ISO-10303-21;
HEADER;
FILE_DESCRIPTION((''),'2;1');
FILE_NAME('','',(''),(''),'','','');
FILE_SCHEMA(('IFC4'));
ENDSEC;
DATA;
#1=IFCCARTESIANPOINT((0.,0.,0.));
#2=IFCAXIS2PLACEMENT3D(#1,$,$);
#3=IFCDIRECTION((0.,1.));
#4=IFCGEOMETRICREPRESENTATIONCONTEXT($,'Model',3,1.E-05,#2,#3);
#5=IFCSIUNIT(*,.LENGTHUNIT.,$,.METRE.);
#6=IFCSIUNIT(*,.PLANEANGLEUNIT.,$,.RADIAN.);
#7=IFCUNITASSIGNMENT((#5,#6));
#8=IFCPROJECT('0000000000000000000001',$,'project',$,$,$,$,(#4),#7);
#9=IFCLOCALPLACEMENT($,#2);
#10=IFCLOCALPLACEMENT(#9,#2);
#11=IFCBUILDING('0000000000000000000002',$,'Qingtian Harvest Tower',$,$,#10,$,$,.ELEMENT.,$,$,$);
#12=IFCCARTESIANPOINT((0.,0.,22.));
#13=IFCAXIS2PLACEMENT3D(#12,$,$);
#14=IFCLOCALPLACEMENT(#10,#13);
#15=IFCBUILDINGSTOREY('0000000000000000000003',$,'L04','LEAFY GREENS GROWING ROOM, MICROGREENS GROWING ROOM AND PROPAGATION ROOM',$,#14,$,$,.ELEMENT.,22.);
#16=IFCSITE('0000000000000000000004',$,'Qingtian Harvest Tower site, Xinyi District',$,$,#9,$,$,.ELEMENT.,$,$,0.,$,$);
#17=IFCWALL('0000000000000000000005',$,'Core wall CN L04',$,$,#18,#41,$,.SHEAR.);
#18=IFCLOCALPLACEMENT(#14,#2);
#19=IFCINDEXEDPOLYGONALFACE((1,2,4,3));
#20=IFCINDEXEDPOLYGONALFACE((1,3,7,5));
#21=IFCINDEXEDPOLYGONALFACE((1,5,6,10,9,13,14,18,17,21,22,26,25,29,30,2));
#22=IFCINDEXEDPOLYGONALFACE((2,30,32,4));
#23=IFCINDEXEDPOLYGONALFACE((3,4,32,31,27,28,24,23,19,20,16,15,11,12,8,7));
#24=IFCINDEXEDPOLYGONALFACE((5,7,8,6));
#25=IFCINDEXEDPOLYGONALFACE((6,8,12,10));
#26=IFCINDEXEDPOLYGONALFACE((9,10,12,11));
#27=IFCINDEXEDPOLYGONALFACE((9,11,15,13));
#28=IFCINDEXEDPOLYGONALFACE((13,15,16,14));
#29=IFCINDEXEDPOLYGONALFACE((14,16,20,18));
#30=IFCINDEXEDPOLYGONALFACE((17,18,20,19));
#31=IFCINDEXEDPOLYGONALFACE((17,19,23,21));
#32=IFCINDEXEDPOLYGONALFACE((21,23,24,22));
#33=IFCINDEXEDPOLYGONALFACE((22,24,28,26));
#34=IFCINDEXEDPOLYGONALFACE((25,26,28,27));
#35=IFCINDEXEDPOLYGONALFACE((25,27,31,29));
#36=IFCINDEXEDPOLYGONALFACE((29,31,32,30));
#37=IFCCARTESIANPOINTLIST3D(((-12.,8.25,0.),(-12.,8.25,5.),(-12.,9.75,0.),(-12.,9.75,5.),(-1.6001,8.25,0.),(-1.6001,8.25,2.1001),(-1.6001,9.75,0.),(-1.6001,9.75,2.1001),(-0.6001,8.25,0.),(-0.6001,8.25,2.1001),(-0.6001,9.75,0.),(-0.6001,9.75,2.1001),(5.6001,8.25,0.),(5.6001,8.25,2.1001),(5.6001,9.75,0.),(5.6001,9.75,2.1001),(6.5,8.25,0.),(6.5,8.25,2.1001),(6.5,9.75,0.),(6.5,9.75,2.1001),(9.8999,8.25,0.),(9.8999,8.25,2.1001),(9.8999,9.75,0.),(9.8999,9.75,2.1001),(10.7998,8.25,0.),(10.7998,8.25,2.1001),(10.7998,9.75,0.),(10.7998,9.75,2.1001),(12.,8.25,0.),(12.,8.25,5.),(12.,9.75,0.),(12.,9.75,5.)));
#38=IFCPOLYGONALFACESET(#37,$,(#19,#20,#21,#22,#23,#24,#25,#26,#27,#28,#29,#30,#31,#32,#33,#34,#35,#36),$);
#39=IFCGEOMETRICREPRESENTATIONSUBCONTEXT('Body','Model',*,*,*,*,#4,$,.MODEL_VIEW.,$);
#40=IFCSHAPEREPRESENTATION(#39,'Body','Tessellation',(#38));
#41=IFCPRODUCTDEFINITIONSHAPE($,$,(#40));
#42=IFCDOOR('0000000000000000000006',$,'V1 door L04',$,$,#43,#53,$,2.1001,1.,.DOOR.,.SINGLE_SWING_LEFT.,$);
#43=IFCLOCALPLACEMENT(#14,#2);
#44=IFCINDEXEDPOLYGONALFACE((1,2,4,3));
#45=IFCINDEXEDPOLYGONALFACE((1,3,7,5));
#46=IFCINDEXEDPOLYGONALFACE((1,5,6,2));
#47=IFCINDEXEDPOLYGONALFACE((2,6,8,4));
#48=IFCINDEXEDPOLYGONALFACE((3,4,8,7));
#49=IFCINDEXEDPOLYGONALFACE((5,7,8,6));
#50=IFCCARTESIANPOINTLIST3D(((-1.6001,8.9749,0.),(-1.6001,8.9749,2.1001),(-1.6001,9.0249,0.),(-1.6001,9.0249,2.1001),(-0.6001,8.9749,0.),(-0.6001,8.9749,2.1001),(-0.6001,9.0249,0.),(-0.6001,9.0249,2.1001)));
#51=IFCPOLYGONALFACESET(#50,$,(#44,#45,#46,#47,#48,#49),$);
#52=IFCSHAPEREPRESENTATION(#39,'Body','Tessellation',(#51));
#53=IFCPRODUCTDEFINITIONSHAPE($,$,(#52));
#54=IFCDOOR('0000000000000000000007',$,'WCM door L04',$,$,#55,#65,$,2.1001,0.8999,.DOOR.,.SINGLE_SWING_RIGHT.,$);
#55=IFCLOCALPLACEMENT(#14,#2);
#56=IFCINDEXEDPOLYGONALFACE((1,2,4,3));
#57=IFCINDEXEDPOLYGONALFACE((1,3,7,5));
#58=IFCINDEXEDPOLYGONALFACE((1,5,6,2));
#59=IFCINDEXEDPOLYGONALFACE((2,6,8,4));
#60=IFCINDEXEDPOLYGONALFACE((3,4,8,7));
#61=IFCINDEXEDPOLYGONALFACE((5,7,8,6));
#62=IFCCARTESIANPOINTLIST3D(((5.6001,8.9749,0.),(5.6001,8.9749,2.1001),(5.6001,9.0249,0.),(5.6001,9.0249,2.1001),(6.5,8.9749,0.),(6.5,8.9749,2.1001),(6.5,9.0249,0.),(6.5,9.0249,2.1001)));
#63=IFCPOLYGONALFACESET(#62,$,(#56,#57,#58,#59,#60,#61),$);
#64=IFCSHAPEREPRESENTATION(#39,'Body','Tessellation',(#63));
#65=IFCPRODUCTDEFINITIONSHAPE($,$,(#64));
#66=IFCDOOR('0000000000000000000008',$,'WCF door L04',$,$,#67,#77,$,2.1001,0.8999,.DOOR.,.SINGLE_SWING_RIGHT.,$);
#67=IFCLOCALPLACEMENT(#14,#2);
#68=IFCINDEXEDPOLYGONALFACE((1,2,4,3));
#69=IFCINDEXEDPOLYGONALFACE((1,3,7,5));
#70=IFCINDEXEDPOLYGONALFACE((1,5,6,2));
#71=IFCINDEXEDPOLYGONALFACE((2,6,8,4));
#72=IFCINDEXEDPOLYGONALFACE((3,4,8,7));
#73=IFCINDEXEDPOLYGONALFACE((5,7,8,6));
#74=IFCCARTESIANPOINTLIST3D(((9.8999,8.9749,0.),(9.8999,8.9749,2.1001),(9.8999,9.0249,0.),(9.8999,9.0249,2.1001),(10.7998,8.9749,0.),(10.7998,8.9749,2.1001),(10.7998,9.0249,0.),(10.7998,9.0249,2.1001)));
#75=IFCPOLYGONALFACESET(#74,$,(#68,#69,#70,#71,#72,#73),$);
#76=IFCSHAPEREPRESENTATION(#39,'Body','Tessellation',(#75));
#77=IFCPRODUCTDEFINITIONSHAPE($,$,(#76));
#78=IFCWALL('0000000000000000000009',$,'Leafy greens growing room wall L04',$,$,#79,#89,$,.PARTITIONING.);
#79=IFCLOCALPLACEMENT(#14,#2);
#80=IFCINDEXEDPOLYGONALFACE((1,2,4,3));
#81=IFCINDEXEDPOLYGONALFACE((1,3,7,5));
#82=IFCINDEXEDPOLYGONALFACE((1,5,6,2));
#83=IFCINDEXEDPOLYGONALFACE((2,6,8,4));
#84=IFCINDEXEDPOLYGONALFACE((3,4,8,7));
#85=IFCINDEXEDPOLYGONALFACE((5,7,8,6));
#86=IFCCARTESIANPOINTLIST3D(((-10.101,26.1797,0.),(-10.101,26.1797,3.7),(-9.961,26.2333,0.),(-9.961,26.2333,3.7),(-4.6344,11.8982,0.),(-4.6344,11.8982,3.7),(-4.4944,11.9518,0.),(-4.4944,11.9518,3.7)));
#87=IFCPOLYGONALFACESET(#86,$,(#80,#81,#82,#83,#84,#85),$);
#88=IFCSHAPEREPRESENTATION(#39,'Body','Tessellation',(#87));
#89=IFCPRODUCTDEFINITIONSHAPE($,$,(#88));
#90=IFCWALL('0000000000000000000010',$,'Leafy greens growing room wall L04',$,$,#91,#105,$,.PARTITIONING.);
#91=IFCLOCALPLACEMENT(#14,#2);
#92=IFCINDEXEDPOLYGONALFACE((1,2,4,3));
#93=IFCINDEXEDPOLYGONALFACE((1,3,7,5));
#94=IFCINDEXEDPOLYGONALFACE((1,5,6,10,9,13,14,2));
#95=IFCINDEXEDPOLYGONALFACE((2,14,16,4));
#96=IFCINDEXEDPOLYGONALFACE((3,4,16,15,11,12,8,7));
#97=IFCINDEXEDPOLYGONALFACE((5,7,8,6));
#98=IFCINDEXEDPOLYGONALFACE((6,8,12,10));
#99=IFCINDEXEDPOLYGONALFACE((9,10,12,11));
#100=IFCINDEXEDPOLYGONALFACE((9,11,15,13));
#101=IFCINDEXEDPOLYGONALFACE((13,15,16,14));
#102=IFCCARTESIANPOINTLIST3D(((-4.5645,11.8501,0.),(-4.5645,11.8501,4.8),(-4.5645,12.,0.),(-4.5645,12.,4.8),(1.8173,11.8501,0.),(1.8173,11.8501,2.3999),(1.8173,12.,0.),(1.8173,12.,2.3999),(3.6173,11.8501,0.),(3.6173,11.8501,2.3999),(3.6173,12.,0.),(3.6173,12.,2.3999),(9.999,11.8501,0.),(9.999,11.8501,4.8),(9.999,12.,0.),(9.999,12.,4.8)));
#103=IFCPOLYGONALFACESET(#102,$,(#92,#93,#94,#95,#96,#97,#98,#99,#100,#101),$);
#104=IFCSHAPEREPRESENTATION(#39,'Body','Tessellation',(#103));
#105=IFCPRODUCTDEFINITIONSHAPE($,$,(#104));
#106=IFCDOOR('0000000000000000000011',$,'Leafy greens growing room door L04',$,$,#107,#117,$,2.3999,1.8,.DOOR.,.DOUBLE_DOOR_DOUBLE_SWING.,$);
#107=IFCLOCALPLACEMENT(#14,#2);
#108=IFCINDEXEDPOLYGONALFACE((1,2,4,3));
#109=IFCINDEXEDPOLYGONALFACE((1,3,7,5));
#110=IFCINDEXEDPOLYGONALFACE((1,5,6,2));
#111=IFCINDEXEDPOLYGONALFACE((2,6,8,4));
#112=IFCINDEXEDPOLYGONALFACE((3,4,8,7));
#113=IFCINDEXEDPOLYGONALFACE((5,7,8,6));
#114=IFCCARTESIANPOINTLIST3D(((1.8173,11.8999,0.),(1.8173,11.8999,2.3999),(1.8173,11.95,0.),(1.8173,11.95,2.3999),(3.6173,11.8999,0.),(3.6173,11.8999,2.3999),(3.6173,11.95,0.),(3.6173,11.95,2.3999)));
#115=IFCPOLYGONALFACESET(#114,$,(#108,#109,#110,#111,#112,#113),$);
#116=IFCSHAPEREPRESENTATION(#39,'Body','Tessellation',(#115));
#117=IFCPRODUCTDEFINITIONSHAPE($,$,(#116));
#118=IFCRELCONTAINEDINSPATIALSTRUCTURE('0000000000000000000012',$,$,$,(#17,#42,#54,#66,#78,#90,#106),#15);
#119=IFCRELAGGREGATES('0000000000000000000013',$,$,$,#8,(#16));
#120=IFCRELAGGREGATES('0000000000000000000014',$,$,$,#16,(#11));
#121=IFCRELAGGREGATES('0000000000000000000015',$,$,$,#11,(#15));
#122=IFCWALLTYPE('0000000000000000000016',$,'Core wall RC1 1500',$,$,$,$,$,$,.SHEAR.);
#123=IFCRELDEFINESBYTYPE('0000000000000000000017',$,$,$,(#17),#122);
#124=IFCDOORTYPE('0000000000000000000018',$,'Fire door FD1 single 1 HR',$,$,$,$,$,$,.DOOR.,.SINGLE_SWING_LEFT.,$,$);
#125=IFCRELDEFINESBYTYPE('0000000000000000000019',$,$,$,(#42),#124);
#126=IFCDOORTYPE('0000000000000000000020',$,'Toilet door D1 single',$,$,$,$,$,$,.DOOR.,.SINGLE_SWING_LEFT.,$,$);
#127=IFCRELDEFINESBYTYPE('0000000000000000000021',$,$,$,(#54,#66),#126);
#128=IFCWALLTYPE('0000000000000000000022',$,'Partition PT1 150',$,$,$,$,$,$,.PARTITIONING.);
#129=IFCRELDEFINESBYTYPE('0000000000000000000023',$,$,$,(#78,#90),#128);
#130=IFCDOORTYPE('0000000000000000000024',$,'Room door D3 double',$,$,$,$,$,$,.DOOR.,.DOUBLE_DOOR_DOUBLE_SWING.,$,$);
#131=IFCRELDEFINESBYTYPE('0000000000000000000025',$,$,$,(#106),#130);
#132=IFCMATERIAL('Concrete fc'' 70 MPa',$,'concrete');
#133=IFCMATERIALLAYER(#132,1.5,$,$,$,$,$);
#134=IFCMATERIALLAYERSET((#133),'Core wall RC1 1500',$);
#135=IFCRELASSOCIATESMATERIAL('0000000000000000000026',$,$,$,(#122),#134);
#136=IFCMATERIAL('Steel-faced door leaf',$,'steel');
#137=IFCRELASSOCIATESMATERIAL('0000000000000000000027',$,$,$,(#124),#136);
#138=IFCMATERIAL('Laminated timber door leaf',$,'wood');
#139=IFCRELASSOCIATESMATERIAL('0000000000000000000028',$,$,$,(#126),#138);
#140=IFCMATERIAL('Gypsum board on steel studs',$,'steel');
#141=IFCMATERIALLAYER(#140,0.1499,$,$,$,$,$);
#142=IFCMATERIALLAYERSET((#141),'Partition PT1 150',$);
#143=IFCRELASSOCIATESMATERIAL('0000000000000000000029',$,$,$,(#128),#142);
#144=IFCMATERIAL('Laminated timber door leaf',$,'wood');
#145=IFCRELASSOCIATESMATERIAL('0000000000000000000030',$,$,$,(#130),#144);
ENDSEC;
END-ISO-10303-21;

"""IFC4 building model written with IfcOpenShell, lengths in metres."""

from ifc_helpers import new_model, si_unit, direction, frame, frame_2d, origin, place, context, subcontext, project, spatial, rectangle, extrude, material, layer, layer_set, type_object, element, fill, save


model = new_model("IFC4")

# Units and contexts
model_context = context("Model", 3, precision=1e-05, world=origin(), true_north=direction((0.0, 1.0)))
body_context = subcontext(model_context, "Body", "Model", "MODEL_VIEW")
ifc_project = project(units=[si_unit("LENGTHUNIT", "METRE"), si_unit("PLANEANGLEUNIT", "RADIAN")], contexts=[model_context])

# Site, building, storey
site_placement = place(None, origin())
site = spatial("IfcSite", under=ifc_project, at=site_placement, Name="Qingtian Harvest Tower site, Xinyi District", CompositionType="ELEMENT", RefElevation=0.0)
building_placement = place(site_placement, origin())
building = spatial("IfcBuilding", under=site, at=building_placement, Name="Qingtian Harvest Tower", CompositionType="ELEMENT")
storey_placement = place(building_placement, frame((0.0, 0.0, 22.0)))
storey = spatial("IfcBuildingStorey", under=building, at=storey_placement, Name="L04", Description="LEAFY GREENS GROWING ROOM, MICROGREENS GROWING ROOM AND PROPAGATION ROOM", CompositionType="ELEMENT", Elevation=22.0)

# Wall, openings, doors
ifc_material_1 = material(Name="Concrete fc' 70 MPa", Category="concrete")
ifc_layer_1 = layer(ifc_material_1, 1.5)
ifc_layer_set_1 = layer_set([ifc_layer_1], Name="Core wall RC1 1500")
wall_type_1 = type_object("IfcWallType", Name="Core wall RC1 1500", PredefinedType="SHEAR", material=ifc_layer_set_1)
wall_1_placement = place(storey_placement, frame((-12.0, 9.0, 0.0), z_axis=(0.0, 0.0, 1.0), x_axis=(1.0, 0.0, 0.0)))
wall_1 = element("IfcWall", 1, at=wall_1_placement, inside=storey, type_object=wall_type_1, Name="Core wall CN L04", PredefinedType="SHEAR", context=body_context, shape_type="SweptSolid", body=[
    extrude(rectangle(XDim=24.0, YDim=1.5, at=frame_2d((12.0, 0.0))), origin(), (0.0, 0.0, 1.0), 5.0),
])
opening_1_placement = place(wall_1_placement, frame((10.3999, 0.0, 0.0)))
opening_1 = element("IfcOpeningElement", 2, at=opening_1_placement, cuts=wall_1, PredefinedType="OPENING", context=body_context, shape_type="SweptSolid", body=[
    extrude(rectangle(XDim=1.0, YDim=2.1001, at=frame_2d((0.5, 1.05))), frame((0.0, 0.76, 0.0), z_axis=(0.0, -1.0, 0.0), x_axis=(1.0, 0.0, 0.0)), (0.0, 0.0, 1.0), 1.52),
])
opening_2_placement = place(wall_1_placement, frame((17.6001, 0.0, 0.0)))
opening_2 = element("IfcOpeningElement", 3, at=opening_2_placement, cuts=wall_1, PredefinedType="OPENING", context=body_context, shape_type="SweptSolid", body=[
    extrude(rectangle(XDim=0.8999, YDim=2.1001, at=frame_2d((0.45, 1.05))), frame((0.0, 0.76, 0.0), z_axis=(0.0, -1.0, 0.0), x_axis=(1.0, 0.0, 0.0)), (0.0, 0.0, 1.0), 1.52),
])
opening_3_placement = place(wall_1_placement, frame((21.8999, 0.0, 0.0)))
opening_3 = element("IfcOpeningElement", 4, at=opening_3_placement, cuts=wall_1, PredefinedType="OPENING", context=body_context, shape_type="SweptSolid", body=[
    extrude(rectangle(XDim=0.8999, YDim=2.1001, at=frame_2d((0.45, 1.05))), frame((0.0, 0.76, 0.0), z_axis=(0.0, -1.0, 0.0), x_axis=(1.0, 0.0, 0.0)), (0.0, 0.0, 1.0), 1.52),
])
ifc_material_2 = material(Name="Steel-faced door leaf", Category="steel")
door_type_1 = type_object("IfcDoorType", Name="Fire door FD1 single 1 HR", OperationType="SINGLE_SWING_LEFT", PredefinedType="DOOR", material=ifc_material_2)
door_1_placement = place(opening_1_placement, origin())
door_1 = element("IfcDoor", 5, at=door_1_placement, inside=storey, type_object=door_type_1, Name="V1 door L04", OperationType="SINGLE_SWING_LEFT", OverallHeight=2.1001, OverallWidth=1.0, PredefinedType="DOOR", context=body_context, shape_type="SweptSolid", body=[
    extrude(rectangle(XDim=1.0, YDim=2.1001, at=frame_2d((0.5, 1.05))), frame((0.0, 0.0249, 0.0), z_axis=(0.0, -1.0, 0.0), x_axis=(1.0, 0.0, 0.0)), (0.0, 0.0, 1.0), 0.05),
])
fill(opening_1, door_1)
ifc_material_3 = material(Name="Laminated timber door leaf", Category="wood")
door_type_2 = type_object("IfcDoorType", Name="Toilet door D1 single", OperationType="SINGLE_SWING_LEFT", PredefinedType="DOOR", material=ifc_material_3)
door_2_placement = place(opening_2_placement, origin())
door_2 = element("IfcDoor", 6, at=door_2_placement, inside=storey, type_object=door_type_2, Name="WCM door L04", OperationType="SINGLE_SWING_RIGHT", OverallHeight=2.1001, OverallWidth=0.8999, PredefinedType="DOOR", context=body_context, shape_type="SweptSolid", body=[
    extrude(rectangle(XDim=0.8999, YDim=2.1001, at=frame_2d((0.45, 1.05))), frame((0.0, 0.0249, 0.0), z_axis=(0.0, -1.0, 0.0), x_axis=(1.0, 0.0, 0.0)), (0.0, 0.0, 1.0), 0.05),
])
fill(opening_2, door_2)
door_3_placement = place(opening_3_placement, origin())
door_3 = element("IfcDoor", 7, at=door_3_placement, inside=storey, type_object=door_type_2, Name="WCF door L04", OperationType="SINGLE_SWING_RIGHT", OverallHeight=2.1001, OverallWidth=0.8999, PredefinedType="DOOR", context=body_context, shape_type="SweptSolid", body=[
    extrude(rectangle(XDim=0.8999, YDim=2.1001, at=frame_2d((0.45, 1.05))), frame((0.0, 0.0249, 0.0), z_axis=(0.0, -1.0, 0.0), x_axis=(1.0, 0.0, 0.0)), (0.0, 0.0, 1.0), 0.05),
])
fill(opening_3, door_3)

# Wall
ifc_material_4 = material(Name="Gypsum board on steel studs", Category="steel")
ifc_layer_2 = layer(ifc_material_4, 0.1499)
ifc_layer_set_2 = layer_set([ifc_layer_2], Name="Partition PT1 150")
wall_type_2 = type_object("IfcWallType", Name="Partition PT1 150", PredefinedType="PARTITIONING", material=ifc_layer_set_2)
wall_2_placement = place(storey_placement, frame((-10.031, 26.2065, 0.0), z_axis=(0.0, 0.0, 1.0), x_axis=(0.357479, -0.933921, 0.0)))
element("IfcWall", 8, at=wall_2_placement, inside=storey, type_object=wall_type_2, Name="Leafy greens growing room wall L04", PredefinedType="PARTITIONING", context=body_context, shape_type="SweptSolid", body=[
    extrude(rectangle(XDim=15.292, YDim=0.1499, at=frame_2d((7.646, 0.0))), origin(), (0.0, 0.0, 1.0), 3.7),
])

# Wall, opening, door
wall_3_placement = place(storey_placement, frame((-4.5645, 11.925, 0.0), z_axis=(0.0, 0.0, 1.0), x_axis=(1.0, 0.0, 0.0)))
wall_3 = element("IfcWall", 9, at=wall_3_placement, inside=storey, type_object=wall_type_2, Name="Leafy greens growing room wall L04", PredefinedType="PARTITIONING", context=body_context, shape_type="SweptSolid", body=[
    extrude(rectangle(XDim=14.5635, YDim=0.1499, at=frame_2d((7.2817, 0.0))), origin(), (0.0, 0.0, 1.0), 4.8),
])
opening_4_placement = place(wall_3_placement, frame((6.3818, 0.0, 0.0)))
opening_4 = element("IfcOpeningElement", 10, at=opening_4_placement, cuts=wall_3, PredefinedType="OPENING", context=body_context, shape_type="SweptSolid", body=[
    extrude(rectangle(XDim=1.8, YDim=2.3999, at=frame_2d((0.8999, 1.2))), frame((0.0, 0.085, 0.0), z_axis=(0.0, -1.0, 0.0), x_axis=(1.0, 0.0, 0.0)), (0.0, 0.0, 1.0), 0.1699),
])
ifc_material_5 = material(Name="Laminated timber door leaf", Category="wood")
door_type_3 = type_object("IfcDoorType", Name="Room door D3 double", OperationType="DOUBLE_DOOR_DOUBLE_SWING", PredefinedType="DOOR", material=ifc_material_5)
door_4_placement = place(opening_4_placement, origin())
door_4 = element("IfcDoor", 11, at=door_4_placement, inside=storey, type_object=door_type_3, Name="Leafy greens growing room door L04", OperationType="DOUBLE_DOOR_DOUBLE_SWING", OverallHeight=2.3999, OverallWidth=1.8, PredefinedType="DOOR", context=body_context, shape_type="SweptSolid", body=[
    extrude(rectangle(XDim=1.8, YDim=2.3999, at=frame_2d((0.8999, 1.2))), frame((0.0, 0.0249, 0.0), z_axis=(0.0, -1.0, 0.0), x_axis=(1.0, 0.0, 0.0)), (0.0, 0.0, 1.0), 0.05),
])
fill(opening_4, door_4)

save(model, "model.ifc")
